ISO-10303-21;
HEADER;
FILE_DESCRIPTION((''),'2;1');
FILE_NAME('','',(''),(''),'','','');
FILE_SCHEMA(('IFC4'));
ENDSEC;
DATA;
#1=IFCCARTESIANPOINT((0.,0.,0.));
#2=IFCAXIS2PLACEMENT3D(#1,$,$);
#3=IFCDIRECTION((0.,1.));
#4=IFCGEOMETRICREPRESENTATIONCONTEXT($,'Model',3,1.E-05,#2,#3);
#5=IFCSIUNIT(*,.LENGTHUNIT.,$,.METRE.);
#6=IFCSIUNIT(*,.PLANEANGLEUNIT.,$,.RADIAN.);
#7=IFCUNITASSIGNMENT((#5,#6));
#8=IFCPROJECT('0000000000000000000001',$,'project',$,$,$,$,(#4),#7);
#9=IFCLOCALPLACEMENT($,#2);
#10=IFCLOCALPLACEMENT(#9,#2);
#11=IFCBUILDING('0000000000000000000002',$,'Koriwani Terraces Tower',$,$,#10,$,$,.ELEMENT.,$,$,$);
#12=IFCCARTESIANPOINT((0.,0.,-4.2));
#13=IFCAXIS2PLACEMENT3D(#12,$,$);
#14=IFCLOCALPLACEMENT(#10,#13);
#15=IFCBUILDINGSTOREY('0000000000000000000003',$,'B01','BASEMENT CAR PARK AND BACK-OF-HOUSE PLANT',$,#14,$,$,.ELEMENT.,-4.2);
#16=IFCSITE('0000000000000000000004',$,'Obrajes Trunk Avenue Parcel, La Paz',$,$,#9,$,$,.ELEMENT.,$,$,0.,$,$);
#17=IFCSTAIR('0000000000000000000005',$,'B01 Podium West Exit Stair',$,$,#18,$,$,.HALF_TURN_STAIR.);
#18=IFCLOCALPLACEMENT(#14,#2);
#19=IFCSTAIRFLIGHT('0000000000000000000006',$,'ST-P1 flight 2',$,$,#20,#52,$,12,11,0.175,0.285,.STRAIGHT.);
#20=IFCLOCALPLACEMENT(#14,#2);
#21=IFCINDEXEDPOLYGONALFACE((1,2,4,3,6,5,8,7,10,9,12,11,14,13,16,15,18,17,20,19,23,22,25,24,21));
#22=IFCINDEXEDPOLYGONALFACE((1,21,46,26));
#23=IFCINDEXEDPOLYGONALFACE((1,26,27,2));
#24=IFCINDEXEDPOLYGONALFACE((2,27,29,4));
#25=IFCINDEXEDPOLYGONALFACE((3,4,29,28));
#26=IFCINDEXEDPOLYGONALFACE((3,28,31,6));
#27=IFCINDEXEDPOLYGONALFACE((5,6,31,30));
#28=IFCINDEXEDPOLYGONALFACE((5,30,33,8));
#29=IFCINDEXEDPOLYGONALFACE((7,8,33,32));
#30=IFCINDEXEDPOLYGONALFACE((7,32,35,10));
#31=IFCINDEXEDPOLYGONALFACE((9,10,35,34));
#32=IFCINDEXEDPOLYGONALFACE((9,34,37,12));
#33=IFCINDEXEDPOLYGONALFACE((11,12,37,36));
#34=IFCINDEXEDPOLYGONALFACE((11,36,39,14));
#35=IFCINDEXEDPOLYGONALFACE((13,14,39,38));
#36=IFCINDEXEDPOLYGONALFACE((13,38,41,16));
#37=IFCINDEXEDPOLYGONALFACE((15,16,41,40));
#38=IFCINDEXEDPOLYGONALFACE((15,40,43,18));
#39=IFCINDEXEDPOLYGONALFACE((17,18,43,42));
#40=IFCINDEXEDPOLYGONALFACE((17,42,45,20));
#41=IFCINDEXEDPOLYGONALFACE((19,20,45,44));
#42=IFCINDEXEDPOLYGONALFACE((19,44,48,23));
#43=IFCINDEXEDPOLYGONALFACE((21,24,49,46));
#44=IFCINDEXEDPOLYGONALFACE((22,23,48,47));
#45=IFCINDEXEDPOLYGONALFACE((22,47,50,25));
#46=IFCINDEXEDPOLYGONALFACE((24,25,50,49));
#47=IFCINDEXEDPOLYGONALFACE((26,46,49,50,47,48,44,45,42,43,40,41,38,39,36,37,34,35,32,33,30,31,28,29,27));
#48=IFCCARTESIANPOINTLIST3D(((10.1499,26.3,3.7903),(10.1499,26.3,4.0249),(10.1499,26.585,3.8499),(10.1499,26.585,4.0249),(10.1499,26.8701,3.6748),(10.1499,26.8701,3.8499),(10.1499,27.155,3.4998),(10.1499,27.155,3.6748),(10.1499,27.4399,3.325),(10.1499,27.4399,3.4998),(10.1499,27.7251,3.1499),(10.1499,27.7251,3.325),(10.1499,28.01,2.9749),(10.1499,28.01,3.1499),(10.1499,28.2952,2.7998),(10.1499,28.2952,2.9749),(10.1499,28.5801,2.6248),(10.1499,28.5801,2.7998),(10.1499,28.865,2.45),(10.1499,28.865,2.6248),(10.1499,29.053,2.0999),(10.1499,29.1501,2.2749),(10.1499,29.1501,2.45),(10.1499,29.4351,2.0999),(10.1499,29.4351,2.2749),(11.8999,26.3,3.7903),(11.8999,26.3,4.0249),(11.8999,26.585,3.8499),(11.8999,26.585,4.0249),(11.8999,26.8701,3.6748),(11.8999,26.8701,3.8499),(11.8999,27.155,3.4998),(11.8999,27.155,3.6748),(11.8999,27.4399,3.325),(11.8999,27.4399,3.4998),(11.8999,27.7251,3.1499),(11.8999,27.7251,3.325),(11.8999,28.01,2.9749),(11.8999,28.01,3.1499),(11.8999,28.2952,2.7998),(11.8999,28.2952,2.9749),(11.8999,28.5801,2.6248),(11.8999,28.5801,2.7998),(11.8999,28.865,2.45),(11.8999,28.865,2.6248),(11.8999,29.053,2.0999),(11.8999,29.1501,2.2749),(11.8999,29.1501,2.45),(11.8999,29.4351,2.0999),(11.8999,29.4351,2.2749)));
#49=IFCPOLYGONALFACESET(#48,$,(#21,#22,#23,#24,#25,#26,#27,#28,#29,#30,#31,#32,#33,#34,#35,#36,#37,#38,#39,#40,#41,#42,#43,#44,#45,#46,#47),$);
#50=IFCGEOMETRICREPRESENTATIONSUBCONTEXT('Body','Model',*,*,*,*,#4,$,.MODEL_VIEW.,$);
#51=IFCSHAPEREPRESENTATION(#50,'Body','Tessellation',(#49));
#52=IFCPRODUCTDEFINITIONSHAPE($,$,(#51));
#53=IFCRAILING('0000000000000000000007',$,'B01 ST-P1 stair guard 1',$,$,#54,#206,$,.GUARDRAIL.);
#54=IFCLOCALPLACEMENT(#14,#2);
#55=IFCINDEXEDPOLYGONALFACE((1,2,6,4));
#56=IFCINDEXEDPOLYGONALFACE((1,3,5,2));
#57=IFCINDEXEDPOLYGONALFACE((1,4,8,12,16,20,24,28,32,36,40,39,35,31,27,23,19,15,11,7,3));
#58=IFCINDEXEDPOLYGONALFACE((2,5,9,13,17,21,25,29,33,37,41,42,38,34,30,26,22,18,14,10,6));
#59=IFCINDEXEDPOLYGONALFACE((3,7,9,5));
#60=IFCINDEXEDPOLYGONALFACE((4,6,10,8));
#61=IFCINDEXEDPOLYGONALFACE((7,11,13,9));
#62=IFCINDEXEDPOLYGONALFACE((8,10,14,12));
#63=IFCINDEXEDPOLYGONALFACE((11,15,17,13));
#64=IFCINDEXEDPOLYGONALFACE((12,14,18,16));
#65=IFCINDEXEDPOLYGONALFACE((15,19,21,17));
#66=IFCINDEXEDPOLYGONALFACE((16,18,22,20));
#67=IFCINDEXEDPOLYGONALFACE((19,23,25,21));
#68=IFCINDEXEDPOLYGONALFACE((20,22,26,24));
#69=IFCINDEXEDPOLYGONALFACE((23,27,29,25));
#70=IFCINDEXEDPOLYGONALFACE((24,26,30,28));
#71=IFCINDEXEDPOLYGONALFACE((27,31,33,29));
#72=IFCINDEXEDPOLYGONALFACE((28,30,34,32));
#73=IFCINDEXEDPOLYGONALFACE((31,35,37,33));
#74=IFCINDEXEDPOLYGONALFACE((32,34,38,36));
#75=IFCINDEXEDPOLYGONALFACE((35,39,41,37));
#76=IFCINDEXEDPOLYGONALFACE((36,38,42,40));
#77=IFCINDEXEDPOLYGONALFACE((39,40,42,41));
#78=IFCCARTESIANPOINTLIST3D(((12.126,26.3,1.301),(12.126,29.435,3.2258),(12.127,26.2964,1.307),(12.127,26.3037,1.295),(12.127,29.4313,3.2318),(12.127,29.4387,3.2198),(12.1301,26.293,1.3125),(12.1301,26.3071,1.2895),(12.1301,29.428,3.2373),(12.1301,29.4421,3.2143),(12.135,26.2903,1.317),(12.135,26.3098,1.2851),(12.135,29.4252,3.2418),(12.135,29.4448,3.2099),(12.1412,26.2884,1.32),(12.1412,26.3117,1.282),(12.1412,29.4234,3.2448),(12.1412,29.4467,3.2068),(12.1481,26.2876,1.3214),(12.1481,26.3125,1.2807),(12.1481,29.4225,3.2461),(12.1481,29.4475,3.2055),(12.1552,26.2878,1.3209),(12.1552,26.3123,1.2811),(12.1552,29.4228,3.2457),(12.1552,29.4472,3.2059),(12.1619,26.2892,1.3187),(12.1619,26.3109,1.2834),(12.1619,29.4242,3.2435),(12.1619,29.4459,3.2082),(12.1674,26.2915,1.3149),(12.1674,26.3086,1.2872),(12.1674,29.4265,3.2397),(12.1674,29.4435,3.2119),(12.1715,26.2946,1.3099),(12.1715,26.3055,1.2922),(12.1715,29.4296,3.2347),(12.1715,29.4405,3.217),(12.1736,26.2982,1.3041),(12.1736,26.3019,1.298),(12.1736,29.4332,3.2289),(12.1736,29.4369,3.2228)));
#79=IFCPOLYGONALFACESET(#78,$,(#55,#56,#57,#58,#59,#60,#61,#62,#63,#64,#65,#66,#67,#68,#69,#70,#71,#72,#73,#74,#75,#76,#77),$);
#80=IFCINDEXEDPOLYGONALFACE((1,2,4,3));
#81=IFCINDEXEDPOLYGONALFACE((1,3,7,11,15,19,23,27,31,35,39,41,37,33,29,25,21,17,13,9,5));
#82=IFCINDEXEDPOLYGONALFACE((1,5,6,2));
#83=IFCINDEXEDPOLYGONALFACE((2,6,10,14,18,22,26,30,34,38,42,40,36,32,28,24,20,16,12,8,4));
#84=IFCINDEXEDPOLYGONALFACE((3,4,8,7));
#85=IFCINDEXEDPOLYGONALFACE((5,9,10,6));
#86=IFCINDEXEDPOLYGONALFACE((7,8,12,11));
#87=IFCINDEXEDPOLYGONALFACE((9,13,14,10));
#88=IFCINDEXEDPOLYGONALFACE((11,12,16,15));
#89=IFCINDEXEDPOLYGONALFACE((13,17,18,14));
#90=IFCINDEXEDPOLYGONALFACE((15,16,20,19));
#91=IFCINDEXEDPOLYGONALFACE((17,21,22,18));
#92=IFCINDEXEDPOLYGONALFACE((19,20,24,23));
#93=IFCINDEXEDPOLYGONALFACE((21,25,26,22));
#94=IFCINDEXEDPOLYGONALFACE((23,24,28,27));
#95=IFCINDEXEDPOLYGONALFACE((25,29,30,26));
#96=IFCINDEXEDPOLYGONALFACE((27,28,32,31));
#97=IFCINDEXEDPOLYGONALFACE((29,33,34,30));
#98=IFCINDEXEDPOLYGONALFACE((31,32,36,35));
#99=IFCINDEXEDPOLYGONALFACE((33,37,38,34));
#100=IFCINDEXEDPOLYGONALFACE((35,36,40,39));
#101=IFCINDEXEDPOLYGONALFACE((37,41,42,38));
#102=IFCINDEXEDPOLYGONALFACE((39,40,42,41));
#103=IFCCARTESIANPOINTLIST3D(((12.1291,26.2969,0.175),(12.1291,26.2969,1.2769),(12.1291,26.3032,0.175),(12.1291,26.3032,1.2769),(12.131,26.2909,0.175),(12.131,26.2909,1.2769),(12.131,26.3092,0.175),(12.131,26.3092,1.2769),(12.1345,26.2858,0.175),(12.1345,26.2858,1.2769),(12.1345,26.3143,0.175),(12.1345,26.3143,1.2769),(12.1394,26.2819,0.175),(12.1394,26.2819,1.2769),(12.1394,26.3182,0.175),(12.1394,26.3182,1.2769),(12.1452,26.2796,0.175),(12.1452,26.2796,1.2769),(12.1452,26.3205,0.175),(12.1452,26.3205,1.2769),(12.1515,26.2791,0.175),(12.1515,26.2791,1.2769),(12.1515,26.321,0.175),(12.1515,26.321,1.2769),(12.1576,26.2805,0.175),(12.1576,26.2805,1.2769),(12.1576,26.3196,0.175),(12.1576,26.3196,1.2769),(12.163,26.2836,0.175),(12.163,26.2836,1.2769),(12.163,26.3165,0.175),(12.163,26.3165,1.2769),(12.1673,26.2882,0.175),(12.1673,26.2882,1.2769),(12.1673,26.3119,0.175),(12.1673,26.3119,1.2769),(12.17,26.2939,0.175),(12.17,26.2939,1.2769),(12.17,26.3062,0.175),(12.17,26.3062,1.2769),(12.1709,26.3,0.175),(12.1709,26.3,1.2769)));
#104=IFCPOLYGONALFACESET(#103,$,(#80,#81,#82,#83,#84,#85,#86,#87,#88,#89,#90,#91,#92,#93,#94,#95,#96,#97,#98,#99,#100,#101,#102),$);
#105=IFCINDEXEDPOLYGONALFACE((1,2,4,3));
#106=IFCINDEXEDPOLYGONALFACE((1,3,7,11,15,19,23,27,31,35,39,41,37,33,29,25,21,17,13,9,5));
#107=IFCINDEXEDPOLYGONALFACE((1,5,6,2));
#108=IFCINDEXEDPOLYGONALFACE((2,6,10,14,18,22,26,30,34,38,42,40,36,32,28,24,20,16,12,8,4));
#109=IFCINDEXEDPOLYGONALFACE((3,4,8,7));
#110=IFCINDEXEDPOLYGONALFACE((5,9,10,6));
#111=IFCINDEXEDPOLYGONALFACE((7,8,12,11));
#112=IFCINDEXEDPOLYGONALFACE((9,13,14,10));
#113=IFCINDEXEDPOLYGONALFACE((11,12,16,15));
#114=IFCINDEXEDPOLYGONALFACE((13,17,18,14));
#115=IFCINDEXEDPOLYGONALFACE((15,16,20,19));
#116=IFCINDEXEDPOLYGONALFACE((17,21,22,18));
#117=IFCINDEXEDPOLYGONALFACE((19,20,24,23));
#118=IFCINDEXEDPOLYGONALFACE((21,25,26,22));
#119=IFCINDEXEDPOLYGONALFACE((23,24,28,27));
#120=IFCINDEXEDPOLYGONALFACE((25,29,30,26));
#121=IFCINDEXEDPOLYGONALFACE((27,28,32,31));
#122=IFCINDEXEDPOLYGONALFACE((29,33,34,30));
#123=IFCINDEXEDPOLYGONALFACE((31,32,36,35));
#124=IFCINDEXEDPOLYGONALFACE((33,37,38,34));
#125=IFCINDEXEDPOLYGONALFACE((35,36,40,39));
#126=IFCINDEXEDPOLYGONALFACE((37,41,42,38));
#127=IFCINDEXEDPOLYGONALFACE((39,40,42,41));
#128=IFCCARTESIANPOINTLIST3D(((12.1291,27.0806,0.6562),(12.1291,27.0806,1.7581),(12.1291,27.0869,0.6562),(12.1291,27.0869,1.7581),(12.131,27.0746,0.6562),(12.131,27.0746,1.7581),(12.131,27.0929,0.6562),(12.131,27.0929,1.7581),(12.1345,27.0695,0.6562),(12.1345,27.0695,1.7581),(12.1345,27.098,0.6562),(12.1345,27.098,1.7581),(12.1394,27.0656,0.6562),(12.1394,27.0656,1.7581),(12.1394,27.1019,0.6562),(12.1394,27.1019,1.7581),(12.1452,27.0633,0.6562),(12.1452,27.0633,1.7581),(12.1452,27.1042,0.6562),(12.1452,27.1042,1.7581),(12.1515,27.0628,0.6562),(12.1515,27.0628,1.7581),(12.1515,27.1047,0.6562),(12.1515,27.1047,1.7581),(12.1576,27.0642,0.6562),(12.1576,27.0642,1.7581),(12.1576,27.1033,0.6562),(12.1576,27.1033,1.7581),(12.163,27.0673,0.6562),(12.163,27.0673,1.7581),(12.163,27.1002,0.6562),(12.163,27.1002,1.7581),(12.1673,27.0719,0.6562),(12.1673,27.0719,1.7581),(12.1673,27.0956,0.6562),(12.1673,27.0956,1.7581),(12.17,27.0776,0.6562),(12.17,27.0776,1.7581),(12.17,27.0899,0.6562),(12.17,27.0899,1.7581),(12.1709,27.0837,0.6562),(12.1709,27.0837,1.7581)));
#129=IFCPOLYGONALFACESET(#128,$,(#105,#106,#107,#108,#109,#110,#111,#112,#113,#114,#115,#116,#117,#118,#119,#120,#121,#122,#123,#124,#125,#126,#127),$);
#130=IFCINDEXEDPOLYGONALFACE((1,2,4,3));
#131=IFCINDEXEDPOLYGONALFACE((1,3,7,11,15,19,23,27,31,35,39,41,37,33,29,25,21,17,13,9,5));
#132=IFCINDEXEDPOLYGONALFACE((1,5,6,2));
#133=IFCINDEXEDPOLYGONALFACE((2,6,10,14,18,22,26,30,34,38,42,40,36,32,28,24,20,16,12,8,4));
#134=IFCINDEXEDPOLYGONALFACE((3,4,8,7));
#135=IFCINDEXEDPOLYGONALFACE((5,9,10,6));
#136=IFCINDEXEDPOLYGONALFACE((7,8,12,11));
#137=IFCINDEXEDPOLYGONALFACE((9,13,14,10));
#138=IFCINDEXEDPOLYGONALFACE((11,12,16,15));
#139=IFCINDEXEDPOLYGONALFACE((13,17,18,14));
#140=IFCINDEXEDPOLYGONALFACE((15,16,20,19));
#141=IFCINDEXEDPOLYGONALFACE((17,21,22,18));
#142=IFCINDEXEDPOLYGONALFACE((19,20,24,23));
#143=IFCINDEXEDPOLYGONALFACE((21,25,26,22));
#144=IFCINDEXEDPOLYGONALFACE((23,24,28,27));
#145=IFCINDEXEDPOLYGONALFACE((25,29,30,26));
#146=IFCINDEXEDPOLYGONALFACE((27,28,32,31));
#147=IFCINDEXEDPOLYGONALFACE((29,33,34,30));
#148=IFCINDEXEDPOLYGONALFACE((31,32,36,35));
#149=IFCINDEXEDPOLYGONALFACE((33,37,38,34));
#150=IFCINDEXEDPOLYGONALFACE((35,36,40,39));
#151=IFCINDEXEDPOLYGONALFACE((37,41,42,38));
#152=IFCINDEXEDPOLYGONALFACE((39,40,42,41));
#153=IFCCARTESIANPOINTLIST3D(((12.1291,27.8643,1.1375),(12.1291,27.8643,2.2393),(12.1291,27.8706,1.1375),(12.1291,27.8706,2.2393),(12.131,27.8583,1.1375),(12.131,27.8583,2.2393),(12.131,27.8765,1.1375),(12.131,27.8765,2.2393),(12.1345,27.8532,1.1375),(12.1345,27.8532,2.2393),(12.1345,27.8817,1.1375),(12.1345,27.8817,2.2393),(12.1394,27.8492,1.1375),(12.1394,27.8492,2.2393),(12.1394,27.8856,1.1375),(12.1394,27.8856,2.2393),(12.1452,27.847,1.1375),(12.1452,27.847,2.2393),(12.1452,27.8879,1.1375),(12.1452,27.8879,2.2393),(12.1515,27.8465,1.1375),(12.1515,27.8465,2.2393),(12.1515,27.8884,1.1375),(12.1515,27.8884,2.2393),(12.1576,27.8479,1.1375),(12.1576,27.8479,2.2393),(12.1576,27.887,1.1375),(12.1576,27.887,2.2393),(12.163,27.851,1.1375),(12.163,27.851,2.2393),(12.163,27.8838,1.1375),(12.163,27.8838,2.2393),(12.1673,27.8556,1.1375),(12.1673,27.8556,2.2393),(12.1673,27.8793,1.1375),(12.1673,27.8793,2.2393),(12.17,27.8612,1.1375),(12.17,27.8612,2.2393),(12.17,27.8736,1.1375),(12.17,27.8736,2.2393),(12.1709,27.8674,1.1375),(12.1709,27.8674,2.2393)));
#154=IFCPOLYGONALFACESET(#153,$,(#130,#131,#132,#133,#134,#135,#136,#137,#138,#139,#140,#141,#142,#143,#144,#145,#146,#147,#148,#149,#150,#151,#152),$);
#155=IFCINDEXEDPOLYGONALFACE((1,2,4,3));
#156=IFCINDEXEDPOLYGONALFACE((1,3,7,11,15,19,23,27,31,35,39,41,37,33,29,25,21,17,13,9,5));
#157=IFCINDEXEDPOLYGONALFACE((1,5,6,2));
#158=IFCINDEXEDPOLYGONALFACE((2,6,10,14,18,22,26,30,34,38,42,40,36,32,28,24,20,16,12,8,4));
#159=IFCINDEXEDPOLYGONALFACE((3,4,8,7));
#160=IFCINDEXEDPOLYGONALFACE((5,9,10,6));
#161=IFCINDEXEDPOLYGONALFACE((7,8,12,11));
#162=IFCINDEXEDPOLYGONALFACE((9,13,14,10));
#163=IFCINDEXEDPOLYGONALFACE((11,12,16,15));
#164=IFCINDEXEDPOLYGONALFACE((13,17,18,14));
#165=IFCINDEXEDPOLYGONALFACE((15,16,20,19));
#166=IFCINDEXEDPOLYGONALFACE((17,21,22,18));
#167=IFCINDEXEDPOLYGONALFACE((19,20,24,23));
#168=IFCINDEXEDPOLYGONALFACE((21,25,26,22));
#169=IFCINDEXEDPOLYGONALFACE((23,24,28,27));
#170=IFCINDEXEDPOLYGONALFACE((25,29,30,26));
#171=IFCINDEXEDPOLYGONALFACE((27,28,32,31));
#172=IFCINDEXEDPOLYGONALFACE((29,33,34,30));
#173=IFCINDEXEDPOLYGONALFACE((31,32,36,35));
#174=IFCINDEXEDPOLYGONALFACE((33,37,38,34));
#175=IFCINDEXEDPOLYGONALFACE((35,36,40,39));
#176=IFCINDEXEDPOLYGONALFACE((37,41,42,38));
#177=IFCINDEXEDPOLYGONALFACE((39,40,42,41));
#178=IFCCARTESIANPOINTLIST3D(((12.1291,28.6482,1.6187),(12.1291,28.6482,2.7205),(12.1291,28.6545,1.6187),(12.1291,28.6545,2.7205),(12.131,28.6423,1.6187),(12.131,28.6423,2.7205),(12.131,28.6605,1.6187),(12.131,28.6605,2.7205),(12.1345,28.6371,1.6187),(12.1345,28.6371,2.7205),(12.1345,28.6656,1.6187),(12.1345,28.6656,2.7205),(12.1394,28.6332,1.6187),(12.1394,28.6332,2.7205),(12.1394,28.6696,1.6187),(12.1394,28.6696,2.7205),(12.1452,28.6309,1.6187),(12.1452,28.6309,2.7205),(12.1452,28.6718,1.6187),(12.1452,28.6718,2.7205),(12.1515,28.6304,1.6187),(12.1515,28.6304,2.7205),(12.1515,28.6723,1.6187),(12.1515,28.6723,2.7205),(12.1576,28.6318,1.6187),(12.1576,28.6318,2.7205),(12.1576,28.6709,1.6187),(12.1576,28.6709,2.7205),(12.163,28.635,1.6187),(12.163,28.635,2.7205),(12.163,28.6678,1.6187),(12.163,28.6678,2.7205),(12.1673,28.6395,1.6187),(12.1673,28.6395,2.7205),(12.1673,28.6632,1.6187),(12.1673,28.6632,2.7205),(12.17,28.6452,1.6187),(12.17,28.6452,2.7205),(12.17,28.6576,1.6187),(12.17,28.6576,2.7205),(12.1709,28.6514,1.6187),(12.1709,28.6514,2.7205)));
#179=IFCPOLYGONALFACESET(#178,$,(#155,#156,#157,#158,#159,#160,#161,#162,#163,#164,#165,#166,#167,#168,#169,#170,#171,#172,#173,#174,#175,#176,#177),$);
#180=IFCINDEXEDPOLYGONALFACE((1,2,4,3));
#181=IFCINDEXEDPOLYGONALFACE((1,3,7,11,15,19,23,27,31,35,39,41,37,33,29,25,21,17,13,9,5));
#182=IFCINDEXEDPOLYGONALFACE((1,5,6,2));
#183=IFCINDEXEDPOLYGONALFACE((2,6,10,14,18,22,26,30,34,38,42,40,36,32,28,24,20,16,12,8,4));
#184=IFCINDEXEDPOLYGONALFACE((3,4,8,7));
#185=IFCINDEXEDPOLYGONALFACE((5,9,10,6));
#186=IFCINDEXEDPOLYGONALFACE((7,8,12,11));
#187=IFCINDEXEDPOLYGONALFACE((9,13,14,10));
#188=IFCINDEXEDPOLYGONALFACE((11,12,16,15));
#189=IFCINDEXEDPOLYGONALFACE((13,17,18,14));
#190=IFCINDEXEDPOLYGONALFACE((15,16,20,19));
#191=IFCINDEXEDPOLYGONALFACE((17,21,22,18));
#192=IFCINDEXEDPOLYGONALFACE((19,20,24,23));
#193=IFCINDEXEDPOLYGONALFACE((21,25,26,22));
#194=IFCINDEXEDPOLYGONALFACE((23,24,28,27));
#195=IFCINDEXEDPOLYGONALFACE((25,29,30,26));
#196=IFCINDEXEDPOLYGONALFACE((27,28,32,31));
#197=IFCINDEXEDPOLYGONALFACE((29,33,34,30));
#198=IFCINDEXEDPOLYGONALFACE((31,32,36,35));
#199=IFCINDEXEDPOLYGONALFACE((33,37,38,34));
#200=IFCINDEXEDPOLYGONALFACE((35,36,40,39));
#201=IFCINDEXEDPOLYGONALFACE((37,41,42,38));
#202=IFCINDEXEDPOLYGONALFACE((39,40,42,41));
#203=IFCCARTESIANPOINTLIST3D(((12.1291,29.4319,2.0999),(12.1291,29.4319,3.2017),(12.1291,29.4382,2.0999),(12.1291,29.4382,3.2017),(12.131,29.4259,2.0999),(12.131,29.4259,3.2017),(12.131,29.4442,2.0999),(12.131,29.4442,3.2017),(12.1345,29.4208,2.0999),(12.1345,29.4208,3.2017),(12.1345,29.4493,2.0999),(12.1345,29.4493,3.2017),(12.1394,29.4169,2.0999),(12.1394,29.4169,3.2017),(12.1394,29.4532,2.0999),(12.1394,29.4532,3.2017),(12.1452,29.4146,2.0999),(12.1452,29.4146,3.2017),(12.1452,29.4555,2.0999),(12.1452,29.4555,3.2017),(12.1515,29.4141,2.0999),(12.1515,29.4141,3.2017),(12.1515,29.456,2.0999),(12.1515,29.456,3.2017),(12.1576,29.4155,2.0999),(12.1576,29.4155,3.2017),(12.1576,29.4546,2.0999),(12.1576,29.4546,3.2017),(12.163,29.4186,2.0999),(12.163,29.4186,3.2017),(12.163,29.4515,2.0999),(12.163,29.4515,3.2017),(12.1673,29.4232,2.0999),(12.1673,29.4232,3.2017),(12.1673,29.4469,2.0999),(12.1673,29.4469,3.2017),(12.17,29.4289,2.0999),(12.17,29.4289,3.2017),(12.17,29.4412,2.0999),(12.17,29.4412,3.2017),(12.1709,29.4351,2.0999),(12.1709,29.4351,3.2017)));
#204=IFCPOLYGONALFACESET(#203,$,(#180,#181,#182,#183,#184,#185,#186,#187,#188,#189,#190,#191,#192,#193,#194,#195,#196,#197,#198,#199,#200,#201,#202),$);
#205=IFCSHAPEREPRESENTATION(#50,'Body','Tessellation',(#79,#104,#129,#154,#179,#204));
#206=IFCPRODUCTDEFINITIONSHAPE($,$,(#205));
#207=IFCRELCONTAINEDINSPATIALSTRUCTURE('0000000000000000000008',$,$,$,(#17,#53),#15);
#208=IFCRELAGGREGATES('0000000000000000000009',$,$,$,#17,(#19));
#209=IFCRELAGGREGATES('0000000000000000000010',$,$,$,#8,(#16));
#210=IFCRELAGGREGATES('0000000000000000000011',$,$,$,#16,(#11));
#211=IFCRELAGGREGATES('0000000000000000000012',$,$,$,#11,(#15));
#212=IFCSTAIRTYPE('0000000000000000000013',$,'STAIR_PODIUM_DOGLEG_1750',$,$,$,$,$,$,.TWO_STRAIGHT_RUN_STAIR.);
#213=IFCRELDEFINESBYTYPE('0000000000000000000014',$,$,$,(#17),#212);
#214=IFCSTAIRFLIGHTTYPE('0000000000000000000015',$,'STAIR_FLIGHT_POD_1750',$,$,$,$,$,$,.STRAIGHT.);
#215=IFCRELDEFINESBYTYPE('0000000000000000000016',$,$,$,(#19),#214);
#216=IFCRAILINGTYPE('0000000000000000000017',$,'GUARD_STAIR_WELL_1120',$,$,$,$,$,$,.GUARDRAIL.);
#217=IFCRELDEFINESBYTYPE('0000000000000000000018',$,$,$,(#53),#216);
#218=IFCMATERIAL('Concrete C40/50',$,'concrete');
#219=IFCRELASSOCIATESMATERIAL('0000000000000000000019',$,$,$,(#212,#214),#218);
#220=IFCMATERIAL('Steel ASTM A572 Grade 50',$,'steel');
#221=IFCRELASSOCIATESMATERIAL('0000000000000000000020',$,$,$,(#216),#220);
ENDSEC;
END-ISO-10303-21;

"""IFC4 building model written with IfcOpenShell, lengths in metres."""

from ifc_helpers import new_model, si_unit, direction, frame, origin, origin_2d, place, context, subcontext, project, spatial, polyline, circle, outline, extrude, material, type_object, element, aggregate, save


model = new_model("IFC4")

# Units and contexts
model_context = context("Model", 3, precision=1e-05, world=origin(), true_north=direction((0.0, 1.0)))
body_context = subcontext(model_context, "Body", "Model", "MODEL_VIEW")
ifc_project = project(units=[si_unit("LENGTHUNIT", "METRE"), si_unit("PLANEANGLEUNIT", "RADIAN")], contexts=[model_context])

# Site, building, storey
site_placement = place(None, origin())
site = spatial("IfcSite", under=ifc_project, at=site_placement, Name="Obrajes Trunk Avenue Parcel, La Paz", CompositionType="ELEMENT", RefElevation=0.0)
building_placement = place(site_placement, origin())
building = spatial("IfcBuilding", under=site, at=building_placement, Name="Koriwani Terraces Tower", CompositionType="ELEMENT")
storey_placement = place(building_placement, frame((0.0, 0.0, -4.2)))
storey = spatial("IfcBuildingStorey", under=building, at=storey_placement, Name="B01", Description="BASEMENT CAR PARK AND BACK-OF-HOUSE PLANT", CompositionType="ELEMENT", Elevation=-4.2)

# Shared definitions
ifc_material_1 = material(Name="Concrete C40/50", Category="concrete")
ifc_material_2 = material(Name="Steel ASTM A572 Grade 50", Category="steel")

# Stair, stair flight
stair_type = type_object("IfcStairType", Name="STAIR_PODIUM_DOGLEG_1750", PredefinedType="TWO_STRAIGHT_RUN_STAIR", material=ifc_material_1)
stair_placement = place(storey_placement, origin())
stair = element("IfcStair", 1, at=stair_placement, inside=storey, type_object=stair_type, Name="B01 Podium West Exit Stair", PredefinedType="HALF_TURN_STAIR")
stair_flight_type = type_object("IfcStairFlightType", Name="STAIR_FLIGHT_POD_1750", PredefinedType="STRAIGHT", material=ifc_material_1)
stair_flight_1_placement = place(storey_placement, frame((11.0249, 29.4351, 2.0999), z_axis=(0.0, 0.0, 1.0), x_axis=(0.0, -1.0, 0.0)))
stair_flight_1 = element("IfcStairFlight", 2, at=stair_flight_1_placement, type_object=stair_flight_type, Name="ST-P1 flight 2", NumberOfRisers=12, NumberOfTreads=11, PredefinedType="STRAIGHT", RiserHeight=0.175, TreadLength=0.285, context=body_context, shape_type="SweptSolid", body=[
    extrude(outline(polyline([(0.0, 0.0), (0.0, 0.175), (0.2849, 0.175), (0.2849, 0.3501), (0.5701, 0.3501), (0.5701, 0.5249), (0.855, 0.5249), (0.855, 0.7), (1.1399, 0.7), (1.1399, 0.875), (1.425, 0.875), (1.425, 1.05), (1.71, 1.05), (1.71, 1.2251), (1.9951, 1.2251), (1.9951, 1.3999), (2.28, 1.3999), (2.28, 1.575), (2.5649, 1.575), (2.5649, 1.75), (2.8501, 1.75), (2.8501, 1.925), (3.135, 1.925), (3.135, 2.1001), (3.135, 1.6904), (0.3821, 0.0), (0.0, 0.0)])), frame((0.0, 0.875, 0.0), z_axis=(0.0, -1.0, 0.0), x_axis=(1.0, 0.0, 0.0)), (0.0, 0.0, 1.0), 1.75),
])
aggregate(stair, [stair_flight_1])

# Railing
railing_type_1 = type_object("IfcRailingType", Name="GUARD_STAIR_WELL_1120", PredefinedType="GUARDRAIL", material=ifc_material_2)
railing_1_placement = place(storey_placement, frame((12.1499, 26.3, 0.175)))
element("IfcRailing", 3, at=railing_1_placement, inside=storey, type_object=railing_type_1, Name="B01 ST-P1 stair guard 1", PredefinedType="GUARDRAIL", context=body_context, shape_type="SweptSolid", body=[
    extrude(circle(Radius=0.0239, at=origin_2d()), frame((0.0, 0.0, 1.126), z_axis=(0.0, 0.852196, 0.523223), x_axis=(-1.0, 0.0, 0.0)), (0.0, 0.0, 1.0), 3.6787),
    extrude(circle(Radius=0.021, at=origin_2d()), origin(), (0.0, 0.0, 1.0), 1.1018),
    extrude(circle(Radius=0.021, at=origin_2d()), frame((0.0, 0.7837, 0.4812)), (0.0, 0.0, 1.0), 1.1018),
    extrude(circle(Radius=0.021, at=origin_2d()), frame((0.0, 1.5674, 0.9624)), (0.0, 0.0, 1.0), 1.1018),
    extrude(circle(Radius=0.021, at=origin_2d()), frame((0.0, 2.3513, 1.4436)), (0.0, 0.0, 1.0), 1.1018),
    extrude(circle(Radius=0.021, at=origin_2d()), frame((0.0, 3.135, 1.9248)), (0.0, 0.0, 1.0), 1.1018),
])

save(model, "model.ifc")
